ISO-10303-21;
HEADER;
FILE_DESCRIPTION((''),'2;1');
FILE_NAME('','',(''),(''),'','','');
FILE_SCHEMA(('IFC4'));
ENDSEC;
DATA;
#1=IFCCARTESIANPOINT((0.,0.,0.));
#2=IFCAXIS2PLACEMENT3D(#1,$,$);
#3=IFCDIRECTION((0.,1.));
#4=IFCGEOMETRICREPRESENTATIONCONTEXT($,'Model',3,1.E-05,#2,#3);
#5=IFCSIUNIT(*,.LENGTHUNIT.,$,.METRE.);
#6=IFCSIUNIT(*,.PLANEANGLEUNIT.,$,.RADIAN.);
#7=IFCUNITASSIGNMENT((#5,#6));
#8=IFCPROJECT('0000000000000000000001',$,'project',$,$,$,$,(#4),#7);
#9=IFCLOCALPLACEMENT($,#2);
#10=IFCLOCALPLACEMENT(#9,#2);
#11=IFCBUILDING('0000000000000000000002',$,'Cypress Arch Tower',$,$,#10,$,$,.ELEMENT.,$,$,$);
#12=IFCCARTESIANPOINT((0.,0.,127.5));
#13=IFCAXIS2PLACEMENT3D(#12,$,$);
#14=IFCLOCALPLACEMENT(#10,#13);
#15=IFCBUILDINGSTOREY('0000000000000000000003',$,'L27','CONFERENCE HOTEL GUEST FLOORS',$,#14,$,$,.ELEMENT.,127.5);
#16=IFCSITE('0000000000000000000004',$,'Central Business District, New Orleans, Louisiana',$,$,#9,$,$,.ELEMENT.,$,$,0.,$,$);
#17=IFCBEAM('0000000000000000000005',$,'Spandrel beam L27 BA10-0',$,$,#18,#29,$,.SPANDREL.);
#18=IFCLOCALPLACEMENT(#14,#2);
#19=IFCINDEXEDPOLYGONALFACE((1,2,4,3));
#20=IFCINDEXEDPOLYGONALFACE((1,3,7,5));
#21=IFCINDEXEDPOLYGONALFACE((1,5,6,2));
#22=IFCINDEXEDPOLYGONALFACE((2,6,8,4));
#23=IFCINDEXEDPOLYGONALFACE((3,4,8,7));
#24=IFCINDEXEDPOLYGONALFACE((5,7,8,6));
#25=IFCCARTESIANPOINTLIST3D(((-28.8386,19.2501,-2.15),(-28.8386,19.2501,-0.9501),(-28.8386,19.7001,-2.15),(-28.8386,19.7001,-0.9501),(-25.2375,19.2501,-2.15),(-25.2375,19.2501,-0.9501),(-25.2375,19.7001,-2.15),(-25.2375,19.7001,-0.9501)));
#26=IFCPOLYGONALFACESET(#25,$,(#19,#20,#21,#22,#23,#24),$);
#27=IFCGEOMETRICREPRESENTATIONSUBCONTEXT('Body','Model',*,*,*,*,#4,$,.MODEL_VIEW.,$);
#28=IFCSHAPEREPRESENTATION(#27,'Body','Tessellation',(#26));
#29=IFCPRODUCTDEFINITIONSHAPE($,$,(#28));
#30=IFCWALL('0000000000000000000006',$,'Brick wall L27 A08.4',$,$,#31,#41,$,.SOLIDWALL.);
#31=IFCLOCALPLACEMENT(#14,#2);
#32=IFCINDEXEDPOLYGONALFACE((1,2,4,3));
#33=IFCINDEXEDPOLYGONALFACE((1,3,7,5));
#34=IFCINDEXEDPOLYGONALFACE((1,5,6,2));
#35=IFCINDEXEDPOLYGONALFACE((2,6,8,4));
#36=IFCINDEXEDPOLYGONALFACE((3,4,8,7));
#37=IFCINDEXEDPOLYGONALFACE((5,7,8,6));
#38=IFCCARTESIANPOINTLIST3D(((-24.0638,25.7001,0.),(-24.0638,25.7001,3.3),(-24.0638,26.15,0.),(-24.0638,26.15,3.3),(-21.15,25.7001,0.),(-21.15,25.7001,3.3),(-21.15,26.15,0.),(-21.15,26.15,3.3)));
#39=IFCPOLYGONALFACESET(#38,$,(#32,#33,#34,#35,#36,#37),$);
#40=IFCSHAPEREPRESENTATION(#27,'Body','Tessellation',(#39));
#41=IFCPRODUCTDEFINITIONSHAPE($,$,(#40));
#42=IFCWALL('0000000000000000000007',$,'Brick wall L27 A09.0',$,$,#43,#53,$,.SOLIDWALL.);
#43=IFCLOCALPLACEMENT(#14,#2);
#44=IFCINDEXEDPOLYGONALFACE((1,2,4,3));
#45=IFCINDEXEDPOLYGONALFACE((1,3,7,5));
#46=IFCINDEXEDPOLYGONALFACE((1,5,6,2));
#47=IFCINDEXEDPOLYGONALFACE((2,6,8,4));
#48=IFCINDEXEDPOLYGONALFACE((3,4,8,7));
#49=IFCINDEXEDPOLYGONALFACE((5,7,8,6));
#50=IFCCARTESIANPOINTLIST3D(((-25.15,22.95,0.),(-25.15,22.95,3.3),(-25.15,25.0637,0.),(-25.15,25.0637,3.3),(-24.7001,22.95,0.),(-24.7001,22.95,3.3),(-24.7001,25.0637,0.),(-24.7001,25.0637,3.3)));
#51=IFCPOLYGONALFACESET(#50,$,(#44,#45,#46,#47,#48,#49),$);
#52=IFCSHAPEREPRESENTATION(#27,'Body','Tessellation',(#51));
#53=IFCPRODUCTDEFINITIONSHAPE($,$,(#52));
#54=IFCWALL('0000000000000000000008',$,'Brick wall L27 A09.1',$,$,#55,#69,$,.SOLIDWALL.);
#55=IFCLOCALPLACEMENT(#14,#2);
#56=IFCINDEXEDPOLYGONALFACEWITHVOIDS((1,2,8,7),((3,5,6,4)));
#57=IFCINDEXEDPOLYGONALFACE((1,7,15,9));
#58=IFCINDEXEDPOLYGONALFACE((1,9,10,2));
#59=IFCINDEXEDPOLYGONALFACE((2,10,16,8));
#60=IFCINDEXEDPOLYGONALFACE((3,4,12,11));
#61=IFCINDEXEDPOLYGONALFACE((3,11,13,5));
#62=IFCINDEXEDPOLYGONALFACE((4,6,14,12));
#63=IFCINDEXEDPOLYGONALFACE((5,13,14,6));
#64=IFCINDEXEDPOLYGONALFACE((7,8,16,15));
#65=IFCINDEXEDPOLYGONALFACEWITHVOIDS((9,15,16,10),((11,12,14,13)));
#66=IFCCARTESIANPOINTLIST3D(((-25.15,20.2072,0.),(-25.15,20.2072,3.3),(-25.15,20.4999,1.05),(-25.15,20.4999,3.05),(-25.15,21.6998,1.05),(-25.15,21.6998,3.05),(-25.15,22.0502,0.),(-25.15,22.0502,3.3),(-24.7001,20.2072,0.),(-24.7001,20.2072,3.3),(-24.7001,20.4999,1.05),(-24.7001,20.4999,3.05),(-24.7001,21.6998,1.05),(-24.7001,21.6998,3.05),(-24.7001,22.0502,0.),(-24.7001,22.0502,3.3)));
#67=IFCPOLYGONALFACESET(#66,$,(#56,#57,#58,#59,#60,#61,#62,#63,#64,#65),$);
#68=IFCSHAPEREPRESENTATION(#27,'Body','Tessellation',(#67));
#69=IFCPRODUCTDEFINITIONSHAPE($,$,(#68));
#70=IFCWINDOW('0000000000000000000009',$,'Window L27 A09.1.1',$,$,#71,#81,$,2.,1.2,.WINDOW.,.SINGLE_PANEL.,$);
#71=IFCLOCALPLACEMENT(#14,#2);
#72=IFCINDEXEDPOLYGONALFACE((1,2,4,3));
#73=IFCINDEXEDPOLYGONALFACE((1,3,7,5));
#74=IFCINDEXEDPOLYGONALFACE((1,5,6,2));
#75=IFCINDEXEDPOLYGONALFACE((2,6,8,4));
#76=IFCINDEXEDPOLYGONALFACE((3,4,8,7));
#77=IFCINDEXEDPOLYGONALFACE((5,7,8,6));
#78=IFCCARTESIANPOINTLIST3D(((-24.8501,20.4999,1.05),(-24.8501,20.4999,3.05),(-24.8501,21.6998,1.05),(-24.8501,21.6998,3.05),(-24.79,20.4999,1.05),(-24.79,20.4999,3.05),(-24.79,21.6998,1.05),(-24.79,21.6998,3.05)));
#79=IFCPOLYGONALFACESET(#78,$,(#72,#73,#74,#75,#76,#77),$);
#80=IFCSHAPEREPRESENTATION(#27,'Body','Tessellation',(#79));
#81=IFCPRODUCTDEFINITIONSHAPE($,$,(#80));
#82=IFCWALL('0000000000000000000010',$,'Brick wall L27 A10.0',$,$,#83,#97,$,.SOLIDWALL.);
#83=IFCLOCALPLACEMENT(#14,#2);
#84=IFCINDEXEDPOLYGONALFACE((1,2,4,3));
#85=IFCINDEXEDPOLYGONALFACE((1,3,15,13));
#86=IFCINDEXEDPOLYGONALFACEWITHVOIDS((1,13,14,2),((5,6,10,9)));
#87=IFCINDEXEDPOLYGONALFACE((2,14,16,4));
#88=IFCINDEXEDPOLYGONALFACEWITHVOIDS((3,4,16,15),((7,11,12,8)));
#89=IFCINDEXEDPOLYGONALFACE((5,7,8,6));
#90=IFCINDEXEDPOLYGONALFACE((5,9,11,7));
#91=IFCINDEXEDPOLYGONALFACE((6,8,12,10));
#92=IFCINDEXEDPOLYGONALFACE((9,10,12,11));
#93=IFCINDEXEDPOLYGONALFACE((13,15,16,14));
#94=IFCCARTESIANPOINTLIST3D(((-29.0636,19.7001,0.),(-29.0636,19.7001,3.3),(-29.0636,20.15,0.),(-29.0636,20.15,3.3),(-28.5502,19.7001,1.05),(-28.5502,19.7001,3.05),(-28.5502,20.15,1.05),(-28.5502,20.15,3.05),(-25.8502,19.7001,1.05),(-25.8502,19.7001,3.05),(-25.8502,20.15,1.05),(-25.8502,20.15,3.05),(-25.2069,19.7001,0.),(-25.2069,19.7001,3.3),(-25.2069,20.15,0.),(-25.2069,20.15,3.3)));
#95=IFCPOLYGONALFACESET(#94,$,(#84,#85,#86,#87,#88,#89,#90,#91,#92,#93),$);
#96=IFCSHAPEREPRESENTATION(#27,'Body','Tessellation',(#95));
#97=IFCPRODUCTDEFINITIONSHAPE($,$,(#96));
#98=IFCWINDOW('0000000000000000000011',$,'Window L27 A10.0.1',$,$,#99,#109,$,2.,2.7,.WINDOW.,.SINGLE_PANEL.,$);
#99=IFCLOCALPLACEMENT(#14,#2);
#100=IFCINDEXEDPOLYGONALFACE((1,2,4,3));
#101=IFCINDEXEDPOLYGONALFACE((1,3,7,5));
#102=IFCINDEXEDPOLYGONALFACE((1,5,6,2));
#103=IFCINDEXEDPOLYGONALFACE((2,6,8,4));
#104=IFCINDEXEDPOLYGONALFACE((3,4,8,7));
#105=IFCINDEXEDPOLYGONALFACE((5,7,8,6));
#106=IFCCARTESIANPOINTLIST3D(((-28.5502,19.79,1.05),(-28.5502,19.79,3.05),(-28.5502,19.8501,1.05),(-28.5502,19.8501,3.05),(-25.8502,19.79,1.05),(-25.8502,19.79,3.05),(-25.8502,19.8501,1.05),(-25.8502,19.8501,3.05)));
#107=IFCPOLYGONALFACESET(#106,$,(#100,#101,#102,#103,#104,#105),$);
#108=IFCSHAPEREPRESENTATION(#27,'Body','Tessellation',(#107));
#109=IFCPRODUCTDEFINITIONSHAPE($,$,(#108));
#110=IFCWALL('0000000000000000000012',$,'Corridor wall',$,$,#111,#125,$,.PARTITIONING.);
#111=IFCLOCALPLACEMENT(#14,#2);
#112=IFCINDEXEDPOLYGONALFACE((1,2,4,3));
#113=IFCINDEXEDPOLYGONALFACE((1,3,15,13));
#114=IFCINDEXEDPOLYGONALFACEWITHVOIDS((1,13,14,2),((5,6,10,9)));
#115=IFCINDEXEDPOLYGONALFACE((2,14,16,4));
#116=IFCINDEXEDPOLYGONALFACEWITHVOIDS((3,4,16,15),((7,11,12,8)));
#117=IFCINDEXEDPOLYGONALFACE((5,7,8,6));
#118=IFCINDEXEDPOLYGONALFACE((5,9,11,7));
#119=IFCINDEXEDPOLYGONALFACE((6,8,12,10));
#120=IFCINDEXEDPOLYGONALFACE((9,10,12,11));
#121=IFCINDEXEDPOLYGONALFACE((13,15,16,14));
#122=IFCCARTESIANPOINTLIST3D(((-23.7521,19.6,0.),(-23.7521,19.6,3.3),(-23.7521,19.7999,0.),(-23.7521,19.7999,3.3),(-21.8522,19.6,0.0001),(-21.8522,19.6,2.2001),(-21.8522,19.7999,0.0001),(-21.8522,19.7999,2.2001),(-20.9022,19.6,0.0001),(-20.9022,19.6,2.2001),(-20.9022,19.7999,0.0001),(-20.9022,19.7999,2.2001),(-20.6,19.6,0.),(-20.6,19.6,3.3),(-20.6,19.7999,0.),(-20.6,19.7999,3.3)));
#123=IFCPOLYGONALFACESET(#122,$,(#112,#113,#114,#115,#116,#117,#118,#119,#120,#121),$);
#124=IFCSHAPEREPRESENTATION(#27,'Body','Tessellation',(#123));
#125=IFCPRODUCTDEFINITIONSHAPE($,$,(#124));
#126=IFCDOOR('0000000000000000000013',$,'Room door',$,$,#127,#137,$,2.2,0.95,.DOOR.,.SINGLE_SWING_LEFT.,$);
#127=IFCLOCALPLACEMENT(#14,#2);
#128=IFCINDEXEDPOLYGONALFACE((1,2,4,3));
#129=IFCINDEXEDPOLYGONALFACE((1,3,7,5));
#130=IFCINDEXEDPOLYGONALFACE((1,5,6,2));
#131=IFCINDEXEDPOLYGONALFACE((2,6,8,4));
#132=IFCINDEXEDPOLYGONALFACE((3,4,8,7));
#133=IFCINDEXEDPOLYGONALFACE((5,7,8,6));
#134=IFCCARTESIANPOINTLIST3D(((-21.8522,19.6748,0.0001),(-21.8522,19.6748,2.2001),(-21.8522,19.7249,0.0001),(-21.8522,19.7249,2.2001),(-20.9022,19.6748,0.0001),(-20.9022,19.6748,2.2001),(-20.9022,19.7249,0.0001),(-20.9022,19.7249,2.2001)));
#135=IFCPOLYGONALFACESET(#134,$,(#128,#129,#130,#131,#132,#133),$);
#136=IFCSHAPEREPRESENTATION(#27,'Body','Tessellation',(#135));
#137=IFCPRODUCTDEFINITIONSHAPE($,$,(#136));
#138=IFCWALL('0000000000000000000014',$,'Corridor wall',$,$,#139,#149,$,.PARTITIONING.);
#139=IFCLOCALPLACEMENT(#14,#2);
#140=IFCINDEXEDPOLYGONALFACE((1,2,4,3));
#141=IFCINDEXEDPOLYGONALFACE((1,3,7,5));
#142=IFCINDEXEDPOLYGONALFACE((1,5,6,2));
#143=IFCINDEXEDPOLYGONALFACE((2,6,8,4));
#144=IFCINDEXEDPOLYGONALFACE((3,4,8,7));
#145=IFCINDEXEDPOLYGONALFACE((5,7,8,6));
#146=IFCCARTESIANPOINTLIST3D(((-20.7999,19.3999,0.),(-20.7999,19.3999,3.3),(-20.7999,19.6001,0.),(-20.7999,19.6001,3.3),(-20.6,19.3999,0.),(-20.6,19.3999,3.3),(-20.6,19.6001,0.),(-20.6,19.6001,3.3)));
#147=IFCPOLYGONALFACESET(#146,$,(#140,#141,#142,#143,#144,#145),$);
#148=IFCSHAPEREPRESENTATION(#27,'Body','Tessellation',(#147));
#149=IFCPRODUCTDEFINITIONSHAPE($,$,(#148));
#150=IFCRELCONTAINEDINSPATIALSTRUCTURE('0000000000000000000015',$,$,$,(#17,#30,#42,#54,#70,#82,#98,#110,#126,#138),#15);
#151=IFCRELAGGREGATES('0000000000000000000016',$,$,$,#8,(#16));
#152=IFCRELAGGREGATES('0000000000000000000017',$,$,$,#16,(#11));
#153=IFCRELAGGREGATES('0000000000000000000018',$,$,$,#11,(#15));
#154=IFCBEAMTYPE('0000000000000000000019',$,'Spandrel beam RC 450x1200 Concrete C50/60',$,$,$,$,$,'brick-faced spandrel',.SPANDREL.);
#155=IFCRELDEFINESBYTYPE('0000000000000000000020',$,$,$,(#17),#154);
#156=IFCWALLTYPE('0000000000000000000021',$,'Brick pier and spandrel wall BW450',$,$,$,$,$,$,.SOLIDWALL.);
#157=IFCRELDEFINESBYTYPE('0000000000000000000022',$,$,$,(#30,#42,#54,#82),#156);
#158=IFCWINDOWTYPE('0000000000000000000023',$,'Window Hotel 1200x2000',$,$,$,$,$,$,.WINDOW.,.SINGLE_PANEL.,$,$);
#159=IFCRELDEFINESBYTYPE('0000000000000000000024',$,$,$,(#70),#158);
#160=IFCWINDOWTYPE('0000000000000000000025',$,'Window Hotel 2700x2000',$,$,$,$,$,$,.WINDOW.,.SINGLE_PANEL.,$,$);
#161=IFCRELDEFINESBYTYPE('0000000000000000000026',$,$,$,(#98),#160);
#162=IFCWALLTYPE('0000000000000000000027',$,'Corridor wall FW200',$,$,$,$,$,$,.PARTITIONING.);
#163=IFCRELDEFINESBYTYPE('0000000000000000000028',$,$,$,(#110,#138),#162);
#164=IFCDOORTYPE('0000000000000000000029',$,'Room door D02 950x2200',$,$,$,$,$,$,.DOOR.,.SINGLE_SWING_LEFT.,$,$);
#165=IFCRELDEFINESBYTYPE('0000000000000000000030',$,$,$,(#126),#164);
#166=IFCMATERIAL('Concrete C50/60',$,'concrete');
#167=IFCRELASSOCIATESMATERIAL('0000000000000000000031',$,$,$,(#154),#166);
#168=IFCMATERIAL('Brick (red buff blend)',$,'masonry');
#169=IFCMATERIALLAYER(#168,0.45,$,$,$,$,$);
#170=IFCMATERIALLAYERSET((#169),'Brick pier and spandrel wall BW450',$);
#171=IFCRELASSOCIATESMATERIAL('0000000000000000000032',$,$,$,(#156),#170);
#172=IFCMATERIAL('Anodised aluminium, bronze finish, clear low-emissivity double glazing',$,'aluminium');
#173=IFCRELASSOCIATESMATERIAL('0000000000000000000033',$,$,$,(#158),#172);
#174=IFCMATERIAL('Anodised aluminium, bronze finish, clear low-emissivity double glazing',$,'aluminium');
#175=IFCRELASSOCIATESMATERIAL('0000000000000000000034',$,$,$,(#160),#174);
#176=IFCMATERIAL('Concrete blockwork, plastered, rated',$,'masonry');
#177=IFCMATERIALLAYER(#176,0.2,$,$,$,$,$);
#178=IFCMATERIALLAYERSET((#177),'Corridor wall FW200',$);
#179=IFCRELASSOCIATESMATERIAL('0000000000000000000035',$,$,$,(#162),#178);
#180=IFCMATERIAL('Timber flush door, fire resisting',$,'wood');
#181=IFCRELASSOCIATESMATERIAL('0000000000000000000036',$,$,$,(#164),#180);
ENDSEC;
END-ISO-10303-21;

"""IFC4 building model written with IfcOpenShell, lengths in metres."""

from ifc_helpers import new_model, si_unit, direction, frame, frame_2d, origin, origin_2d, place, context, subcontext, project, spatial, rectangle, extrude, material, layer, layer_set, material_profile, profile_set, type_object, element, fill, save


model = new_model("IFC4")

# Units and contexts
model_context = context("Model", 3, precision=1e-05, world=origin(), true_north=direction((0.0, 1.0)))
body_context = subcontext(model_context, "Body", "Model", "MODEL_VIEW")
ifc_project = project(units=[si_unit("LENGTHUNIT", "METRE"), si_unit("PLANEANGLEUNIT", "RADIAN")], contexts=[model_context])

# Site, building, storey
site_placement = place(None, origin())
site = spatial("IfcSite", under=ifc_project, at=site_placement, Name="Central Business District, New Orleans, Louisiana", CompositionType="ELEMENT", RefElevation=0.0)
building_placement = place(site_placement, origin())
building = spatial("IfcBuilding", under=site, at=building_placement, Name="Cypress Arch Tower", CompositionType="ELEMENT")
storey_placement = place(building_placement, frame((0.0, 0.0, 127.5)))
storey = spatial("IfcBuildingStorey", under=building, at=storey_placement, Name="L27", Description="CONFERENCE HOTEL GUEST FLOORS", CompositionType="ELEMENT", Elevation=127.5)

# Beam
ifc_material_1 = material(Name="Concrete C50/60", Category="concrete")
ifc_material_profile_1 = material_profile(ifc_material_1, rectangle(XDim=0.45, YDim=1.2, at=origin_2d()), Name="RC 450x1200")
ifc_profile_set_1 = profile_set([ifc_material_profile_1], Name="Concrete C50/60")
beam_type_1 = type_object("IfcBeamType", Name="Spandrel beam RC 450x1200 Concrete C50/60", ElementType="brick-faced spandrel", PredefinedType="SPANDREL", material=ifc_profile_set_1)
beam_1_placement = place(storey_placement, frame((-25.2375, 19.4751, -1.55), z_axis=(-1.0, 0.0, 0.0), x_axis=(0.0, -1.0, 0.0)))
element("IfcBeam", 1, at=beam_1_placement, inside=storey, type_object=beam_type_1, Name="Spandrel beam L27 BA10-0", PredefinedType="SPANDREL", context=body_context, shape_type="SweptSolid", body=[
    extrude(rectangle(XDim=0.45, YDim=1.2, at=origin_2d()), origin(), (0.0, 0.0, 1.0), 3.6011),
])

# Shared definitions
ifc_material_2 = material(Name="Brick (red buff blend)", Category="masonry")
ifc_layer_1 = layer(ifc_material_2, 0.45)
ifc_layer_set_1 = layer_set([ifc_layer_1], Name="Brick pier and spandrel wall BW450")
wall_type_1 = type_object("IfcWallType", Name="Brick pier and spandrel wall BW450", PredefinedType="SOLIDWALL", material=ifc_layer_set_1)

# Walls
wall_1_placement = place(storey_placement, frame((-21.1499, 25.925, 0.0), z_axis=(0.0, 0.0, 1.0), x_axis=(-1.0, 0.0, 0.0)))
element("IfcWall", 2, at=wall_1_placement, inside=storey, type_object=wall_type_1, Name="Brick wall L27 A08.4", PredefinedType="SOLIDWALL", context=body_context, shape_type="SweptSolid", body=[
    extrude(rectangle(XDim=2.9138, YDim=0.45, at=frame_2d((1.457, 0.0))), origin(), (0.0, 0.0, 1.0), 3.3),
])
wall_2_placement = place(storey_placement, frame((-24.925, 25.0637, 0.0), z_axis=(0.0, 0.0, 1.0), x_axis=(0.0, -1.0, 0.0)))
element("IfcWall", 3, at=wall_2_placement, inside=storey, type_object=wall_type_1, Name="Brick wall L27 A09.0", PredefinedType="SOLIDWALL", context=body_context, shape_type="SweptSolid", body=[
    extrude(rectangle(XDim=2.1138, YDim=0.45, at=frame_2d((1.0569, 0.0))), origin(), (0.0, 0.0, 1.0), 3.3),
])

# Walls, openings, windows
wall_3_placement = place(storey_placement, frame((-24.925, 22.05, 0.0), z_axis=(0.0, 0.0, 1.0), x_axis=(0.0, -1.0, 0.0)))
wall_3 = element("IfcWall", 4, at=wall_3_placement, inside=storey, type_object=wall_type_1, Name="Brick wall L27 A09.1", PredefinedType="SOLIDWALL", context=body_context, shape_type="SweptSolid", body=[
    extrude(rectangle(XDim=1.843, YDim=0.45, at=frame_2d((0.9214, 0.0))), origin(), (0.0, 0.0, 1.0), 3.3),
])
opening_1_placement = place(wall_3_placement, frame((0.3501, 0.0, 1.05)))
opening_1 = element("IfcOpeningElement", 5, at=opening_1_placement, cuts=wall_3, PredefinedType="OPENING", context=body_context, shape_type="SweptSolid", body=[
    extrude(rectangle(XDim=1.2, YDim=2.0, at=frame_2d((0.6001, 1.0))), frame((0.0, 0.2349, 0.0), z_axis=(0.0, -1.0, 0.0), x_axis=(1.0, 0.0, 0.0)), (0.0, 0.0, 1.0), 0.47),
])
ifc_material_3 = material(Name="Anodised aluminium, bronze finish, clear low-emissivity double glazing", Category="aluminium")
window_type_1 = type_object("IfcWindowType", Name="Window Hotel 1200x2000", PartitioningType="SINGLE_PANEL", PredefinedType="WINDOW", material=ifc_material_3)
window_1_placement = place(opening_1_placement, origin())
window_1 = element("IfcWindow", 6, at=window_1_placement, inside=storey, type_object=window_type_1, Name="Window L27 A09.1.1", OverallHeight=2.0, OverallWidth=1.2, PartitioningType="SINGLE_PANEL", PredefinedType="WINDOW", context=body_context, shape_type="SweptSolid", body=[
    extrude(rectangle(XDim=1.2, YDim=2.0, at=frame_2d((0.6001, 1.0))), frame((0.0, 0.135, 0.0), z_axis=(0.0, -1.0, 0.0), x_axis=(1.0, 0.0, 0.0)), (0.0, 0.0, 1.0), 0.0601),
])
fill(opening_1, window_1)
wall_4_placement = place(storey_placement, frame((-25.207, 19.925, 0.0), z_axis=(0.0, 0.0, 1.0), x_axis=(-1.0, 0.0, 0.0)))
wall_4 = element("IfcWall", 7, at=wall_4_placement, inside=storey, type_object=wall_type_1, Name="Brick wall L27 A10.0", PredefinedType="SOLIDWALL", context=body_context, shape_type="SweptSolid", body=[
    extrude(rectangle(XDim=3.8567, YDim=0.45, at=frame_2d((1.9282, 0.0))), origin(), (0.0, 0.0, 1.0), 3.3),
])
opening_2_placement = place(wall_4_placement, frame((0.6431, 0.0, 1.05)))
opening_2 = element("IfcOpeningElement", 8, at=opening_2_placement, cuts=wall_4, PredefinedType="OPENING", context=body_context, shape_type="SweptSolid", body=[
    extrude(rectangle(XDim=2.7, YDim=2.0, at=frame_2d((1.3501, 1.0))), frame((0.0, 0.2349, 0.0), z_axis=(0.0, -1.0, 0.0), x_axis=(1.0, 0.0, 0.0)), (0.0, 0.0, 1.0), 0.47),
])
ifc_material_4 = material(Name="Anodised aluminium, bronze finish, clear low-emissivity double glazing", Category="aluminium")
window_type_2 = type_object("IfcWindowType", Name="Window Hotel 2700x2000", PartitioningType="SINGLE_PANEL", PredefinedType="WINDOW", material=ifc_material_4)
window_2_placement = place(opening_2_placement, origin())
window_2 = element("IfcWindow", 9, at=window_2_placement, inside=storey, type_object=window_type_2, Name="Window L27 A10.0.1", OverallHeight=2.0, OverallWidth=2.7, PartitioningType="SINGLE_PANEL", PredefinedType="WINDOW", context=body_context, shape_type="SweptSolid", body=[
    extrude(rectangle(XDim=2.7, YDim=2.0, at=frame_2d((1.3501, 1.0))), frame((0.0, 0.135, 0.0), z_axis=(0.0, -1.0, 0.0), x_axis=(1.0, 0.0, 0.0)), (0.0, 0.0, 1.0), 0.0601),
])
fill(opening_2, window_2)

# Wall, opening, door
ifc_material_5 = material(Name="Concrete blockwork, plastered, rated", Category="masonry")
ifc_layer_2 = layer(ifc_material_5, 0.2)
ifc_layer_set_2 = layer_set([ifc_layer_2], Name="Corridor wall FW200")
wall_type_2 = type_object("IfcWallType", Name="Corridor wall FW200", PredefinedType="PARTITIONING", material=ifc_layer_set_2)
wall_5_placement = place(storey_placement, frame((-23.7522, 19.7, 0.0), z_axis=(0.0, 0.0, 1.0), x_axis=(1.0, 0.0, 0.0)))
wall_5 = element("IfcWall", 10, at=wall_5_placement, inside=storey, type_object=wall_type_2, Name="Corridor wall", PredefinedType="PARTITIONING", context=body_context, shape_type="SweptSolid", body=[
    extrude(rectangle(XDim=3.1521, YDim=0.2, at=frame_2d((1.5762, 0.0))), origin(), (0.0, 0.0, 1.0), 3.3),
])
opening_3_placement = place(wall_5_placement, frame((1.8999, 0.0, 0.0)))
opening_3 = element("IfcOpeningElement", 11, at=opening_3_placement, cuts=wall_5, PredefinedType="OPENING", context=body_context, shape_type="SweptSolid", body=[
    extrude(rectangle(XDim=0.95, YDim=2.2, at=frame_2d((0.4751, 1.1001))), frame((0.0, 0.1099, 0.0), z_axis=(0.0, -1.0, 0.0), x_axis=(1.0, 0.0, 0.0)), (0.0, 0.0, 1.0), 0.22),
])
ifc_material_6 = material(Name="Timber flush door, fire resisting", Category="wood")
door_type_1 = type_object("IfcDoorType", Name="Room door D02 950x2200", OperationType="SINGLE_SWING_LEFT", PredefinedType="DOOR", material=ifc_material_6)
door_1_placement = place(opening_3_placement, origin())
door_1 = element("IfcDoor", 12, at=door_1_placement, inside=storey, type_object=door_type_1, Name="Room door", OperationType="SINGLE_SWING_LEFT", OverallHeight=2.2, OverallWidth=0.95, PredefinedType="DOOR", context=body_context, shape_type="SweptSolid", body=[
    extrude(rectangle(XDim=0.95, YDim=2.2, at=frame_2d((0.4751, 1.1001))), frame((0.0, 0.0249, 0.0), z_axis=(0.0, -1.0, 0.0), x_axis=(1.0, 0.0, 0.0)), (0.0, 0.0, 1.0), 0.05),
])
fill(opening_3, door_1)

# Wall
wall_6_placement = place(storey_placement, frame((-20.7, 19.3999, 0.0), z_axis=(0.0, 0.0, 1.0), x_axis=(0.0, 1.0, 0.0)))
element("IfcWall", 13, at=wall_6_placement, inside=storey, type_object=wall_type_2, Name="Corridor wall", PredefinedType="PARTITIONING", context=body_context, shape_type="SweptSolid", body=[
    extrude(rectangle(XDim=0.2002, YDim=0.2, at=frame_2d((0.1001, 0.0))), origin(), (0.0, 0.0, 1.0), 3.3),
])

save(model, "model.ifc")
